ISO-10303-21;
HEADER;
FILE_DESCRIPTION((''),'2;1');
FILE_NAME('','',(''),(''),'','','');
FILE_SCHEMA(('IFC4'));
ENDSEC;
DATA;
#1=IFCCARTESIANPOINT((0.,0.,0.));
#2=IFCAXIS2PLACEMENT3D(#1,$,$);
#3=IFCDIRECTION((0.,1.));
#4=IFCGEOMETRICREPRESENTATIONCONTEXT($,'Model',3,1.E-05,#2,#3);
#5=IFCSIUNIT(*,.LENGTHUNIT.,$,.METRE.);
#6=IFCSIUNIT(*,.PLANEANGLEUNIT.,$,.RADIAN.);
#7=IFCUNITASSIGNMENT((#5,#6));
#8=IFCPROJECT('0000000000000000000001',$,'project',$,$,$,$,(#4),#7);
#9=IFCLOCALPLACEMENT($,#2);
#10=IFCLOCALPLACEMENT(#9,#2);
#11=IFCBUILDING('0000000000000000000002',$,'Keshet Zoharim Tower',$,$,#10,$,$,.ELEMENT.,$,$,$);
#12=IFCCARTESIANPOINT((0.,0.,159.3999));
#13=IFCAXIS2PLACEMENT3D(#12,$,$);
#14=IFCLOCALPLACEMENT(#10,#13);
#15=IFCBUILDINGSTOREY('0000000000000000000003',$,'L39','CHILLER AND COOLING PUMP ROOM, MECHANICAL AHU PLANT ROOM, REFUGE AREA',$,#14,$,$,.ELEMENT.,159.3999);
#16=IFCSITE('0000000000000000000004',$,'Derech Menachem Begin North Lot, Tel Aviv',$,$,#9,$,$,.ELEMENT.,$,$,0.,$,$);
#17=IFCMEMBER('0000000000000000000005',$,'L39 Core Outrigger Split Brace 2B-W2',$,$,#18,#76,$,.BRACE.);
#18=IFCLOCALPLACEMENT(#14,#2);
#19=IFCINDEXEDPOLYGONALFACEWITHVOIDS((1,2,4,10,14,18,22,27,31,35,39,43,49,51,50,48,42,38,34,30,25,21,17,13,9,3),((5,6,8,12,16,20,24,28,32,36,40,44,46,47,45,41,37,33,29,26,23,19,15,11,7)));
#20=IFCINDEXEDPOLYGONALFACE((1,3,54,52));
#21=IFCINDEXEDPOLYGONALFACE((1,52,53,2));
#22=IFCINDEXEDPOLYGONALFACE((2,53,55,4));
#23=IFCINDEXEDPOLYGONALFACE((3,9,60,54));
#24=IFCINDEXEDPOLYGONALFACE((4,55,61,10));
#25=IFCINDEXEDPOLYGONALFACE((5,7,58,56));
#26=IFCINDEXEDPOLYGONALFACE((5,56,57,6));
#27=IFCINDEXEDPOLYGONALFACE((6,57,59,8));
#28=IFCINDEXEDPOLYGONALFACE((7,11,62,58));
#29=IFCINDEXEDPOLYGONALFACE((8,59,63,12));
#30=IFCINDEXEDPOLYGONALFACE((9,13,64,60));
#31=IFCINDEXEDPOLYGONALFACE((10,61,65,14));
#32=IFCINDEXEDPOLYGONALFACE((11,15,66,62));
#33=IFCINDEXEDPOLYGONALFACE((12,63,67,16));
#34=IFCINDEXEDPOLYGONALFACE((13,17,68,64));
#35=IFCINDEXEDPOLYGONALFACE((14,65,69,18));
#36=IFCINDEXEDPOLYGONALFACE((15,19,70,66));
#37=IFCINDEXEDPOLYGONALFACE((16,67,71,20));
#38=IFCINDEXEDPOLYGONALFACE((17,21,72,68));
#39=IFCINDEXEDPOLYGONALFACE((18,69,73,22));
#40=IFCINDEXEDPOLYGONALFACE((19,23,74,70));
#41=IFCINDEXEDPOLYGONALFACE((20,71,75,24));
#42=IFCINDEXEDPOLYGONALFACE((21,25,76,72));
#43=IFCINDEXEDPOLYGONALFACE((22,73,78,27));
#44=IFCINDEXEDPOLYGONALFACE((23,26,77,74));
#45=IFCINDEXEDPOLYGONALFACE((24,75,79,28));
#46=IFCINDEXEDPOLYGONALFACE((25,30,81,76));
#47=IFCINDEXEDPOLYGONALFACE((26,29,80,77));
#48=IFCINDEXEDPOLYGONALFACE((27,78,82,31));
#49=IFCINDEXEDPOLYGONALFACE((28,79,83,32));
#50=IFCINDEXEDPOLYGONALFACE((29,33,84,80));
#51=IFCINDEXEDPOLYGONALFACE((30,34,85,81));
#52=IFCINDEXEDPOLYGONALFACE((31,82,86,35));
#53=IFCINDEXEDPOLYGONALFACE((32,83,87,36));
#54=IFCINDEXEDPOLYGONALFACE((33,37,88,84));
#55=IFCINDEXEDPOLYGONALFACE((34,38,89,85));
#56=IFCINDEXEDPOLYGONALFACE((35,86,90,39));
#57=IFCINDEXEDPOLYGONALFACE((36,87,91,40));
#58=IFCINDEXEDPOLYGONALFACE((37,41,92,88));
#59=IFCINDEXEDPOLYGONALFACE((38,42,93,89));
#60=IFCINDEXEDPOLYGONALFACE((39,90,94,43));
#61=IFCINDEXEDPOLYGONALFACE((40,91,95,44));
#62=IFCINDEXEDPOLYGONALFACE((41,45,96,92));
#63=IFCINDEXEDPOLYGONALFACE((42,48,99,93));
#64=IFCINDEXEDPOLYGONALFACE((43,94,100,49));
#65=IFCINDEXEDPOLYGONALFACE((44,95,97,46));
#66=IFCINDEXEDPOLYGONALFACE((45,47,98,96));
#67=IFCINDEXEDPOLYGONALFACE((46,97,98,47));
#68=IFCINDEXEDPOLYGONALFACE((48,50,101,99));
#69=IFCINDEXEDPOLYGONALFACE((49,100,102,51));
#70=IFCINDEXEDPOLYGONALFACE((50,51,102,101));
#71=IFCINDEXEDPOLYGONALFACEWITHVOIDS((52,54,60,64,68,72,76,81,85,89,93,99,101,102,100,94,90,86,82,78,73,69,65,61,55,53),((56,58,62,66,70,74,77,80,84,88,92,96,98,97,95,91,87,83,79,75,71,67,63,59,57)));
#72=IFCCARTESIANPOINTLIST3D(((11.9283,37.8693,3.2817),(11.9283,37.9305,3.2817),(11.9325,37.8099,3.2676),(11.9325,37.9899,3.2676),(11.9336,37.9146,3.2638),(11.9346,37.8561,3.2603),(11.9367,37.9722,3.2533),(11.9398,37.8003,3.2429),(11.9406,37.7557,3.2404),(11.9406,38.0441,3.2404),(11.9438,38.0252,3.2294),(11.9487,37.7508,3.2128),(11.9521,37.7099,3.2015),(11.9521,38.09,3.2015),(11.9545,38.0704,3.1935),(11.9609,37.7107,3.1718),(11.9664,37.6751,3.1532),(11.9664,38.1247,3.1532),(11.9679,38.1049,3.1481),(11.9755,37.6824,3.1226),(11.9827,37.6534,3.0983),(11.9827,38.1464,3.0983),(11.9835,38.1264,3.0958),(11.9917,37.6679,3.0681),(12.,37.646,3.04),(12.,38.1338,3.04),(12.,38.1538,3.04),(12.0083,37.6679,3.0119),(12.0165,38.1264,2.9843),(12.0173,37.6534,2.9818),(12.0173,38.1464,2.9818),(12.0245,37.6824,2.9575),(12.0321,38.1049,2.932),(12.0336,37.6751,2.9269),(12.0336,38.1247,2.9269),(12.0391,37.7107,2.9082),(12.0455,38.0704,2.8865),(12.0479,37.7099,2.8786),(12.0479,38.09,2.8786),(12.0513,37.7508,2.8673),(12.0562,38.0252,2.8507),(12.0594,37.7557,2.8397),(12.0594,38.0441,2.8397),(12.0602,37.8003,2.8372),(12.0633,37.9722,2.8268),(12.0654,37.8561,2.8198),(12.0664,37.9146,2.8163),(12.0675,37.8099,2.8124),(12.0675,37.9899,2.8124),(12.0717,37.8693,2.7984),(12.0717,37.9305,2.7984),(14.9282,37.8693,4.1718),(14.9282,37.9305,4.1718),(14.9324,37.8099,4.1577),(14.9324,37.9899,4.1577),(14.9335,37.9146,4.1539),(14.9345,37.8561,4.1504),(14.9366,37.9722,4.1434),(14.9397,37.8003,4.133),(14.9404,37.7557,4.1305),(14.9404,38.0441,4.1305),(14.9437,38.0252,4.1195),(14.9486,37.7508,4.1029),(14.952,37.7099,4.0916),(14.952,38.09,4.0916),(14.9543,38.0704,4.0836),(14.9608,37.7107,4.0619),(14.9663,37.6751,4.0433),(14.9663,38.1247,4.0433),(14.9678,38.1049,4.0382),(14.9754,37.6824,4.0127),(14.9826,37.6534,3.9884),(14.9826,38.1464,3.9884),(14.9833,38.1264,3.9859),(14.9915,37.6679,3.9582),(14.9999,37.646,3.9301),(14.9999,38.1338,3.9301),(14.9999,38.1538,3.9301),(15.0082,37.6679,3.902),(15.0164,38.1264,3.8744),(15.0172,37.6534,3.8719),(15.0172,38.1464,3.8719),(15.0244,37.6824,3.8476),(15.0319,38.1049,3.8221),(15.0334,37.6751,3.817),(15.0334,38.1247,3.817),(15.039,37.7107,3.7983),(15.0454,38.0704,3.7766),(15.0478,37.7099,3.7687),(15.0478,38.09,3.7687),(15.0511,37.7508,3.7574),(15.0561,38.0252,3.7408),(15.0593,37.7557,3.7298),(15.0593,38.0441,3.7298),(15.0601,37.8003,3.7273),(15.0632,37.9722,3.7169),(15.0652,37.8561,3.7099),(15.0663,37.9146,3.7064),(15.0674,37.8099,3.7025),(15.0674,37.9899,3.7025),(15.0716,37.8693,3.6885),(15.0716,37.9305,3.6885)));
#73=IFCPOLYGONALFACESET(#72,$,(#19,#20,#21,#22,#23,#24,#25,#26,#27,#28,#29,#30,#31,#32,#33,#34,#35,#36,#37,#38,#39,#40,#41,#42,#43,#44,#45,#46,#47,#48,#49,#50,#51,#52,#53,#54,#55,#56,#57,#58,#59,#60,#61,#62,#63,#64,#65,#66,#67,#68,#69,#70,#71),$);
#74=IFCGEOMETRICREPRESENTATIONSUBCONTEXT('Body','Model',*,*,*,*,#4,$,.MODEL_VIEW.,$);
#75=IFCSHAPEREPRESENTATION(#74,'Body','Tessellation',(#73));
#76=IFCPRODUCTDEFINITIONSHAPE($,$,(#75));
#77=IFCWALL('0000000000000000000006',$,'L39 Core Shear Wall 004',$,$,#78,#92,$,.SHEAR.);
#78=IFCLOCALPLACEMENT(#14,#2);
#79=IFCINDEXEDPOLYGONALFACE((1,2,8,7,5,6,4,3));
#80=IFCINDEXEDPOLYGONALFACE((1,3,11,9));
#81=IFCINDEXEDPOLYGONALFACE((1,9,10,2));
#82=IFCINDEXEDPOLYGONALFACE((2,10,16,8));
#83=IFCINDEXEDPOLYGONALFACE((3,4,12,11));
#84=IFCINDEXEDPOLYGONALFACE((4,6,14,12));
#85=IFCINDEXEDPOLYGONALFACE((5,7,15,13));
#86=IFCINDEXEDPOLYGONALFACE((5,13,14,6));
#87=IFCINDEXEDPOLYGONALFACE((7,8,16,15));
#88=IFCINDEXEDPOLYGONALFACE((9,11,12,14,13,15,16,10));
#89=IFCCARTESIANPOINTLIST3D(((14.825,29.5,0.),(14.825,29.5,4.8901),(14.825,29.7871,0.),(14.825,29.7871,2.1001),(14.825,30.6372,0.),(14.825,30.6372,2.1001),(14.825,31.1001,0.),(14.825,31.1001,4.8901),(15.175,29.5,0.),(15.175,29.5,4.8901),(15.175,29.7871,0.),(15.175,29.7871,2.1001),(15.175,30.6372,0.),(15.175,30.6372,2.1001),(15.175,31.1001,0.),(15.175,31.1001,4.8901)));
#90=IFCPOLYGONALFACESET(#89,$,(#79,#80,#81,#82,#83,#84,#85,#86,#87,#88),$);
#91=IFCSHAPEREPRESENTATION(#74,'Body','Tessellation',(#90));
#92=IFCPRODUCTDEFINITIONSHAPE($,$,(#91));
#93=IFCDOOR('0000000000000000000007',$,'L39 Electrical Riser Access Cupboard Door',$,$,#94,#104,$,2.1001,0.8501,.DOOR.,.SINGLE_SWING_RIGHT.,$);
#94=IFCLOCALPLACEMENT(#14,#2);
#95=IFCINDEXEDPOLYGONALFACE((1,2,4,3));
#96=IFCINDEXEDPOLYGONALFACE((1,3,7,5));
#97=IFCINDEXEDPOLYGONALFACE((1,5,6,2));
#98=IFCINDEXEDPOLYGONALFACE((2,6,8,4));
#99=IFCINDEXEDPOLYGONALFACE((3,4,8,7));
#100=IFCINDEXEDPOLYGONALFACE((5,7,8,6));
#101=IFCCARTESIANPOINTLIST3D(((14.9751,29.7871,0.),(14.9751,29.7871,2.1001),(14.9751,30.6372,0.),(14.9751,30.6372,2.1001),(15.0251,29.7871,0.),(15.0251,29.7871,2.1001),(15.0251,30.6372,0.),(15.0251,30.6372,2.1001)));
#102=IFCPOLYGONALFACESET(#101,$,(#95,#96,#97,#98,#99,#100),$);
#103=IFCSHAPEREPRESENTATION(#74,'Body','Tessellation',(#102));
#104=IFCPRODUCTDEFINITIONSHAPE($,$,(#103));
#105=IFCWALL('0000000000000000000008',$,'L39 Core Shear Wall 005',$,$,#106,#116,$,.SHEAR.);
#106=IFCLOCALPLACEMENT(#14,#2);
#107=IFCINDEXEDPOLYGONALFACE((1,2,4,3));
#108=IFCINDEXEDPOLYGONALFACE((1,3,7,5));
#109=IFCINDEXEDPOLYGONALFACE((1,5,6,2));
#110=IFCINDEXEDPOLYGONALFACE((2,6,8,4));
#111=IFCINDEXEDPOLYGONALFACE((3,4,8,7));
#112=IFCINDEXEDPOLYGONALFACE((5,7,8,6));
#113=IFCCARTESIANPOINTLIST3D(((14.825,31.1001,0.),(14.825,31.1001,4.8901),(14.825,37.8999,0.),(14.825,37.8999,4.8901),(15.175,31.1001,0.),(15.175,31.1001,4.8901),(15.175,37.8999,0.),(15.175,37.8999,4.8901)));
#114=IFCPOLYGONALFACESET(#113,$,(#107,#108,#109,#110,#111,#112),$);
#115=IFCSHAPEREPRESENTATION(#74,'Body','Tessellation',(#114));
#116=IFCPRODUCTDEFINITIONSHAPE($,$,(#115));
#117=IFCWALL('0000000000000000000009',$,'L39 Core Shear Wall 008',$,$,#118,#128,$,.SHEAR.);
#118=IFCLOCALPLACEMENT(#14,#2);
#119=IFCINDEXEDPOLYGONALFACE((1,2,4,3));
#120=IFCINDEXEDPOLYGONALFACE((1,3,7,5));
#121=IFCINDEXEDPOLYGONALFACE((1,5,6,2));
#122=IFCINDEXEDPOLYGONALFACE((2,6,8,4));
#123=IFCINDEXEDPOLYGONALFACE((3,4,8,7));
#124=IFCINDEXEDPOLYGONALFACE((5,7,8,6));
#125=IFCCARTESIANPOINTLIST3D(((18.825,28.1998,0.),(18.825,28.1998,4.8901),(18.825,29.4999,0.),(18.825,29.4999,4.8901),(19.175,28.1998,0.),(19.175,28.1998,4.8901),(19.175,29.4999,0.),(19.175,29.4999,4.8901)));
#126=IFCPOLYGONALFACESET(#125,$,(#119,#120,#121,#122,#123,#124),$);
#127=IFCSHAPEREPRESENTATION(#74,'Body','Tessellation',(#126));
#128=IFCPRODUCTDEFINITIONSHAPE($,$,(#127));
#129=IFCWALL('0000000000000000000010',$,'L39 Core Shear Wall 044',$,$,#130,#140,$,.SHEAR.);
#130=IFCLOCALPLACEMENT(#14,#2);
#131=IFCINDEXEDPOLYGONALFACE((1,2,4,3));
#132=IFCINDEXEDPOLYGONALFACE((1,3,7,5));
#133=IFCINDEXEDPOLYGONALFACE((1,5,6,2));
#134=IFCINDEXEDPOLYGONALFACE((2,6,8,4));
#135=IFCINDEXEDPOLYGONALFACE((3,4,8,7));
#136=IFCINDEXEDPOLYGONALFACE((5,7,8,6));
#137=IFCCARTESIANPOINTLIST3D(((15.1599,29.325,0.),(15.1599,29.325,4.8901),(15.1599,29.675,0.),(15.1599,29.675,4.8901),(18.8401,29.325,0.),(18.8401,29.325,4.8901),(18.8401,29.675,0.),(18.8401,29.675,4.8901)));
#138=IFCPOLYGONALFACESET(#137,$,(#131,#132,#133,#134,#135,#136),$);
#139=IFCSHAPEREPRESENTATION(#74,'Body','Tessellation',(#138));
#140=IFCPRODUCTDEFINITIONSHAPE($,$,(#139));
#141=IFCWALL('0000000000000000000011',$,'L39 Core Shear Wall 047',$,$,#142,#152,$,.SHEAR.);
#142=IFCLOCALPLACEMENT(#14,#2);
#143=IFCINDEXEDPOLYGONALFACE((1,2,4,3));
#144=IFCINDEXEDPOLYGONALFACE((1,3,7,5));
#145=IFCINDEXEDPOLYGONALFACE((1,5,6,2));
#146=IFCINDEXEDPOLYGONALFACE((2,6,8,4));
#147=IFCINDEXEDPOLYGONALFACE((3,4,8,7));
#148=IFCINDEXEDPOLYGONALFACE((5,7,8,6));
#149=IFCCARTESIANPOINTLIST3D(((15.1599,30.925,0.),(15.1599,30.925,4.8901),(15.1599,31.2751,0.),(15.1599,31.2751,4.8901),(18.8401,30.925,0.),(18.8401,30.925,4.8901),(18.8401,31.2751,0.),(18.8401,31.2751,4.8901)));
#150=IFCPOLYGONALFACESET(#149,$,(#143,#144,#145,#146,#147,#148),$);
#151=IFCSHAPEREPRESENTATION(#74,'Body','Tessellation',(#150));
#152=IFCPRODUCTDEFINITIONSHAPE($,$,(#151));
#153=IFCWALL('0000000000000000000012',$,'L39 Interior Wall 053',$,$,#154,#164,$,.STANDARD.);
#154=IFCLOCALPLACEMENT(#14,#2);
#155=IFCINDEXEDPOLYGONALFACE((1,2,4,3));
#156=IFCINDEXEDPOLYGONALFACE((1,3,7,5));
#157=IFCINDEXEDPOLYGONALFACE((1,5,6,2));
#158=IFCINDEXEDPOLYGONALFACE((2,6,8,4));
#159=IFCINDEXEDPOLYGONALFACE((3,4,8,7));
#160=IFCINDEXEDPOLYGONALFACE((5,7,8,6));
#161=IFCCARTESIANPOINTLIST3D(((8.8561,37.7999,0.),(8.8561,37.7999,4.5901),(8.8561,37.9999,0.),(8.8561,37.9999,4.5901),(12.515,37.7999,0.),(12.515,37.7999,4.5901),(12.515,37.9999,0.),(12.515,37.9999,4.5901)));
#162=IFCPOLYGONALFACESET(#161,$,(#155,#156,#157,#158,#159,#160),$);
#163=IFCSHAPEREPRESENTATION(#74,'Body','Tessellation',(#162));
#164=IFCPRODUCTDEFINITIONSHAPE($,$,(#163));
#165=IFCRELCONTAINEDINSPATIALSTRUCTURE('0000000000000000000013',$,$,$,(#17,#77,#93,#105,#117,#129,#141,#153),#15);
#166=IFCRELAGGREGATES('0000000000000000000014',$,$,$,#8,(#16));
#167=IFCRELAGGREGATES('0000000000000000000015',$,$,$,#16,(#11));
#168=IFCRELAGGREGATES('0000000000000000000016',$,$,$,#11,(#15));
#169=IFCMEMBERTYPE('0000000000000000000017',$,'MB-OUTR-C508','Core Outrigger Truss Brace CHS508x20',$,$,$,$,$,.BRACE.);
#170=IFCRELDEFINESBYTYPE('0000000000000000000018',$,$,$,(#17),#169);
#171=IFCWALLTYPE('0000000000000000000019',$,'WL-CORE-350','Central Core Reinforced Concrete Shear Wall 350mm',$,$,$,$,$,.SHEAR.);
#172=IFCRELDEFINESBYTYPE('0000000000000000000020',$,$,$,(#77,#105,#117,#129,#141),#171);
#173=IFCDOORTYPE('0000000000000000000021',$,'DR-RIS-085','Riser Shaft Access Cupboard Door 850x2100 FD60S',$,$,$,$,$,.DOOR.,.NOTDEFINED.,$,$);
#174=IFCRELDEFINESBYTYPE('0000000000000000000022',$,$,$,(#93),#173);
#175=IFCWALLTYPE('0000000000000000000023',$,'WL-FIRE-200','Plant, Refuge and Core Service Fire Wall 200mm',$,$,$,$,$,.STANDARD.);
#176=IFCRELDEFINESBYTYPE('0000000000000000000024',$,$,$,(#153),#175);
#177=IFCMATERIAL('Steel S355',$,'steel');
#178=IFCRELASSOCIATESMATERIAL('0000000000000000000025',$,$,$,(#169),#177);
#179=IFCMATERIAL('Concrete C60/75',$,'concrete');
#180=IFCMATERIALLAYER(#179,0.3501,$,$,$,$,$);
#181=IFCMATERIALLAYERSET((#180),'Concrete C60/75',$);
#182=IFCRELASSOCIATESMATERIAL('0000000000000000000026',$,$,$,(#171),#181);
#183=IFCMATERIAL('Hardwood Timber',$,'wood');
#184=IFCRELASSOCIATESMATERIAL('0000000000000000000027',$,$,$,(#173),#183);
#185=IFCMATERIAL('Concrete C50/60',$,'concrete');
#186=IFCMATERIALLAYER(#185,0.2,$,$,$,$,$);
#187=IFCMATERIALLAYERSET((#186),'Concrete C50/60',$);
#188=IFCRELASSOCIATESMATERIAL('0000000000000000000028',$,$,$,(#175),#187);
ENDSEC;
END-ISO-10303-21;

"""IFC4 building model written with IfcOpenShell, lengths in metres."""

from ifc_helpers import new_model, si_unit, direction, frame, frame_2d, origin, origin_2d, place, context, subcontext, project, spatial, rectangle, hollow_circle, extrude, material, layer, layer_set, material_profile, profile_set, type_object, element, fill, save


model = new_model("IFC4")

# Units and contexts
model_context = context("Model", 3, precision=1e-05, world=origin(), true_north=direction((0.0, 1.0)))
body_context = subcontext(model_context, "Body", "Model", "MODEL_VIEW")
ifc_project = project(units=[si_unit("LENGTHUNIT", "METRE"), si_unit("PLANEANGLEUNIT", "RADIAN")], contexts=[model_context])

# Site, building, storey
site_placement = place(None, origin())
site = spatial("IfcSite", under=ifc_project, at=site_placement, Name="Derech Menachem Begin North Lot, Tel Aviv", CompositionType="ELEMENT", RefElevation=0.0)
building_placement = place(site_placement, origin())
building = spatial("IfcBuilding", under=site, at=building_placement, Name="Keshet Zoharim Tower", CompositionType="ELEMENT")
storey_placement = place(building_placement, frame((0.0, 0.0, 159.3999)))
storey = spatial("IfcBuildingStorey", under=building, at=storey_placement, Name="L39", Description="CHILLER AND COOLING PUMP ROOM, MECHANICAL AHU PLANT ROOM, REFUGE AREA", CompositionType="ELEMENT", Elevation=159.3999)

# Shared definitions
ifc_material_1 = material(Name="Steel S355", Category="steel")

# Member
ifc_material_profile_1 = material_profile(ifc_material_1, hollow_circle(Radius=0.2539, WallThickness=0.02, at=origin_2d()), Name="CHS508x20")
ifc_profile_set_1 = profile_set([ifc_material_profile_1], Name="Steel S355")
member_type = type_object("IfcMemberType", Name="MB-OUTR-C508", Description="Core Outrigger Truss Brace CHS508x20", PredefinedType="BRACE", material=ifc_profile_set_1)
for number, where, z_axis, x_axis, name in (
    (1, (12.0, 37.8999, 3.04), (0.958689, 0.0, 0.284455), (0.0, 1.0, 0.0), "L39 Core Outrigger Split Brace 2B-W2"),
):
    element("IfcMember", number, at=place(storey_placement, frame(where, z_axis=z_axis, x_axis=x_axis)), inside=storey, type_object=member_type, Name=name, PredefinedType="BRACE", context=body_context, shape_type="SweptSolid", body=[
        extrude(hollow_circle(Radius=0.2539, WallThickness=0.02, at=origin_2d()), origin(), (0.0, 0.0, 1.0), 3.1292),
    ])

# Wall, opening, door
ifc_material_2 = material(Name="Concrete C60/75", Category="concrete")
ifc_layer_1 = layer(ifc_material_2, 0.3501)
ifc_layer_set_1 = layer_set([ifc_layer_1], Name="Concrete C60/75")
wall_type_1 = type_object("IfcWallType", Name="WL-CORE-350", Description="Central Core Reinforced Concrete Shear Wall 350mm", PredefinedType="SHEAR", material=ifc_layer_set_1)
wall_1_placement = place(storey_placement, frame((15.0, 29.5, 0.0), z_axis=(0.0, 0.0, 1.0), x_axis=(0.0, 1.0, 0.0)))
wall_1 = element("IfcWall", 2, at=wall_1_placement, inside=storey, type_object=wall_type_1, Name="L39 Core Shear Wall 004", PredefinedType="SHEAR", context=body_context, shape_type="SweptSolid", body=[
    extrude(rectangle(XDim=1.6001, YDim=0.3501, at=frame_2d((0.8, 0.0))), origin(), (0.0, 0.0, 1.0), 4.8901),
])
opening_1_placement = place(wall_1_placement, frame((0.2871, 0.0, 0.0)))
opening_1 = element("IfcOpeningElement", 3, at=opening_1_placement, cuts=wall_1, PredefinedType="OPENING", context=body_context, shape_type="SweptSolid", body=[
    extrude(rectangle(XDim=0.8501, YDim=2.1001, at=frame_2d((0.425, 1.05))), frame((0.0, 0.1851, 0.0), z_axis=(0.0, -1.0, 0.0), x_axis=(1.0, 0.0, 0.0)), (0.0, 0.0, 1.0), 0.3701),
])
ifc_material_3 = material(Name="Hardwood Timber", Category="wood")
door_type_1 = type_object("IfcDoorType", Name="DR-RIS-085", Description="Riser Shaft Access Cupboard Door 850x2100 FD60S", OperationType="NOTDEFINED", PredefinedType="DOOR", material=ifc_material_3)
door_1_placement = place(opening_1_placement, origin())
door_1 = element("IfcDoor", 4, at=door_1_placement, inside=storey, type_object=door_type_1, Name="L39 Electrical Riser Access Cupboard Door", OperationType="SINGLE_SWING_RIGHT", OverallHeight=2.1001, OverallWidth=0.8501, PredefinedType="DOOR", context=body_context, shape_type="SweptSolid", body=[
    extrude(rectangle(XDim=0.8501, YDim=2.1001, at=frame_2d((0.425, 1.05))), frame((0.0, 0.0249, 0.0), z_axis=(0.0, -1.0, 0.0), x_axis=(1.0, 0.0, 0.0)), (0.0, 0.0, 1.0), 0.05),
])
fill(opening_1, door_1)

# Walls
wall_2_placement = place(storey_placement, frame((15.0, 31.1001, 0.0), z_axis=(0.0, 0.0, 1.0), x_axis=(0.0, 1.0, 0.0)))
element("IfcWall", 5, at=wall_2_placement, inside=storey, type_object=wall_type_1, Name="L39 Core Shear Wall 005", PredefinedType="SHEAR", context=body_context, shape_type="SweptSolid", body=[
    extrude(rectangle(XDim=6.7998, YDim=0.3501, at=frame_2d((3.3999, 0.0))), origin(), (0.0, 0.0, 1.0), 4.8901),
])
wall_3_placement = place(storey_placement, frame((19.0, 28.2, 0.0), z_axis=(0.0, 0.0, 1.0), x_axis=(0.0, 1.0, 0.0)))
element("IfcWall", 6, at=wall_3_placement, inside=storey, type_object=wall_type_1, Name="L39 Core Shear Wall 008", PredefinedType="SHEAR", context=body_context, shape_type="SweptSolid", body=[
    extrude(rectangle(XDim=1.3, YDim=0.3501, at=frame_2d((0.6499, 0.0))), origin(), (0.0, 0.0, 1.0), 4.8901),
])

# Walls
for number, where, z_axis, x_axis, name in (
    (7, (15.1599, 29.5, 0.0), (0.0, 0.0, 1.0), (1.0, 0.0, 0.0), "L39 Core Shear Wall 044"),
    (8, (15.1599, 31.1001, 0.0), (0.0, 0.0, 1.0), (1.0, 0.0, 0.0), "L39 Core Shear Wall 047"),
):
    element("IfcWall", number, at=place(storey_placement, frame(where, z_axis=z_axis, x_axis=x_axis)), inside=storey, type_object=wall_type_1, Name=name, PredefinedType="SHEAR", context=body_context, shape_type="SweptSolid", body=[
        extrude(rectangle(XDim=3.6802, YDim=0.3501, at=frame_2d((1.8401, 0.0))), origin(), (0.0, 0.0, 1.0), 4.8901),
    ])
ifc_material_4 = material(Name="Concrete C50/60", Category="concrete")
ifc_layer_2 = layer(ifc_material_4, 0.2)
ifc_layer_set_2 = layer_set([ifc_layer_2], Name="Concrete C50/60")
wall_type_2 = type_object("IfcWallType", Name="WL-FIRE-200", Description="Plant, Refuge and Core Service Fire Wall 200mm", PredefinedType="STANDARD", material=ifc_layer_set_2)
wall_4_placement = place(storey_placement, frame((8.856, 37.8999, 0.0), z_axis=(0.0, 0.0, 1.0), x_axis=(1.0, 0.0, 0.0)))
element("IfcWall", 9, at=wall_4_placement, inside=storey, type_object=wall_type_2, Name="L39 Interior Wall 053", PredefinedType="STANDARD", context=body_context, shape_type="SweptSolid", body=[
    extrude(rectangle(XDim=3.6589, YDim=0.2, at=frame_2d((1.8296, 0.0))), origin(), (0.0, 0.0, 1.0), 4.5901),
])

save(model, "model.ifc")
